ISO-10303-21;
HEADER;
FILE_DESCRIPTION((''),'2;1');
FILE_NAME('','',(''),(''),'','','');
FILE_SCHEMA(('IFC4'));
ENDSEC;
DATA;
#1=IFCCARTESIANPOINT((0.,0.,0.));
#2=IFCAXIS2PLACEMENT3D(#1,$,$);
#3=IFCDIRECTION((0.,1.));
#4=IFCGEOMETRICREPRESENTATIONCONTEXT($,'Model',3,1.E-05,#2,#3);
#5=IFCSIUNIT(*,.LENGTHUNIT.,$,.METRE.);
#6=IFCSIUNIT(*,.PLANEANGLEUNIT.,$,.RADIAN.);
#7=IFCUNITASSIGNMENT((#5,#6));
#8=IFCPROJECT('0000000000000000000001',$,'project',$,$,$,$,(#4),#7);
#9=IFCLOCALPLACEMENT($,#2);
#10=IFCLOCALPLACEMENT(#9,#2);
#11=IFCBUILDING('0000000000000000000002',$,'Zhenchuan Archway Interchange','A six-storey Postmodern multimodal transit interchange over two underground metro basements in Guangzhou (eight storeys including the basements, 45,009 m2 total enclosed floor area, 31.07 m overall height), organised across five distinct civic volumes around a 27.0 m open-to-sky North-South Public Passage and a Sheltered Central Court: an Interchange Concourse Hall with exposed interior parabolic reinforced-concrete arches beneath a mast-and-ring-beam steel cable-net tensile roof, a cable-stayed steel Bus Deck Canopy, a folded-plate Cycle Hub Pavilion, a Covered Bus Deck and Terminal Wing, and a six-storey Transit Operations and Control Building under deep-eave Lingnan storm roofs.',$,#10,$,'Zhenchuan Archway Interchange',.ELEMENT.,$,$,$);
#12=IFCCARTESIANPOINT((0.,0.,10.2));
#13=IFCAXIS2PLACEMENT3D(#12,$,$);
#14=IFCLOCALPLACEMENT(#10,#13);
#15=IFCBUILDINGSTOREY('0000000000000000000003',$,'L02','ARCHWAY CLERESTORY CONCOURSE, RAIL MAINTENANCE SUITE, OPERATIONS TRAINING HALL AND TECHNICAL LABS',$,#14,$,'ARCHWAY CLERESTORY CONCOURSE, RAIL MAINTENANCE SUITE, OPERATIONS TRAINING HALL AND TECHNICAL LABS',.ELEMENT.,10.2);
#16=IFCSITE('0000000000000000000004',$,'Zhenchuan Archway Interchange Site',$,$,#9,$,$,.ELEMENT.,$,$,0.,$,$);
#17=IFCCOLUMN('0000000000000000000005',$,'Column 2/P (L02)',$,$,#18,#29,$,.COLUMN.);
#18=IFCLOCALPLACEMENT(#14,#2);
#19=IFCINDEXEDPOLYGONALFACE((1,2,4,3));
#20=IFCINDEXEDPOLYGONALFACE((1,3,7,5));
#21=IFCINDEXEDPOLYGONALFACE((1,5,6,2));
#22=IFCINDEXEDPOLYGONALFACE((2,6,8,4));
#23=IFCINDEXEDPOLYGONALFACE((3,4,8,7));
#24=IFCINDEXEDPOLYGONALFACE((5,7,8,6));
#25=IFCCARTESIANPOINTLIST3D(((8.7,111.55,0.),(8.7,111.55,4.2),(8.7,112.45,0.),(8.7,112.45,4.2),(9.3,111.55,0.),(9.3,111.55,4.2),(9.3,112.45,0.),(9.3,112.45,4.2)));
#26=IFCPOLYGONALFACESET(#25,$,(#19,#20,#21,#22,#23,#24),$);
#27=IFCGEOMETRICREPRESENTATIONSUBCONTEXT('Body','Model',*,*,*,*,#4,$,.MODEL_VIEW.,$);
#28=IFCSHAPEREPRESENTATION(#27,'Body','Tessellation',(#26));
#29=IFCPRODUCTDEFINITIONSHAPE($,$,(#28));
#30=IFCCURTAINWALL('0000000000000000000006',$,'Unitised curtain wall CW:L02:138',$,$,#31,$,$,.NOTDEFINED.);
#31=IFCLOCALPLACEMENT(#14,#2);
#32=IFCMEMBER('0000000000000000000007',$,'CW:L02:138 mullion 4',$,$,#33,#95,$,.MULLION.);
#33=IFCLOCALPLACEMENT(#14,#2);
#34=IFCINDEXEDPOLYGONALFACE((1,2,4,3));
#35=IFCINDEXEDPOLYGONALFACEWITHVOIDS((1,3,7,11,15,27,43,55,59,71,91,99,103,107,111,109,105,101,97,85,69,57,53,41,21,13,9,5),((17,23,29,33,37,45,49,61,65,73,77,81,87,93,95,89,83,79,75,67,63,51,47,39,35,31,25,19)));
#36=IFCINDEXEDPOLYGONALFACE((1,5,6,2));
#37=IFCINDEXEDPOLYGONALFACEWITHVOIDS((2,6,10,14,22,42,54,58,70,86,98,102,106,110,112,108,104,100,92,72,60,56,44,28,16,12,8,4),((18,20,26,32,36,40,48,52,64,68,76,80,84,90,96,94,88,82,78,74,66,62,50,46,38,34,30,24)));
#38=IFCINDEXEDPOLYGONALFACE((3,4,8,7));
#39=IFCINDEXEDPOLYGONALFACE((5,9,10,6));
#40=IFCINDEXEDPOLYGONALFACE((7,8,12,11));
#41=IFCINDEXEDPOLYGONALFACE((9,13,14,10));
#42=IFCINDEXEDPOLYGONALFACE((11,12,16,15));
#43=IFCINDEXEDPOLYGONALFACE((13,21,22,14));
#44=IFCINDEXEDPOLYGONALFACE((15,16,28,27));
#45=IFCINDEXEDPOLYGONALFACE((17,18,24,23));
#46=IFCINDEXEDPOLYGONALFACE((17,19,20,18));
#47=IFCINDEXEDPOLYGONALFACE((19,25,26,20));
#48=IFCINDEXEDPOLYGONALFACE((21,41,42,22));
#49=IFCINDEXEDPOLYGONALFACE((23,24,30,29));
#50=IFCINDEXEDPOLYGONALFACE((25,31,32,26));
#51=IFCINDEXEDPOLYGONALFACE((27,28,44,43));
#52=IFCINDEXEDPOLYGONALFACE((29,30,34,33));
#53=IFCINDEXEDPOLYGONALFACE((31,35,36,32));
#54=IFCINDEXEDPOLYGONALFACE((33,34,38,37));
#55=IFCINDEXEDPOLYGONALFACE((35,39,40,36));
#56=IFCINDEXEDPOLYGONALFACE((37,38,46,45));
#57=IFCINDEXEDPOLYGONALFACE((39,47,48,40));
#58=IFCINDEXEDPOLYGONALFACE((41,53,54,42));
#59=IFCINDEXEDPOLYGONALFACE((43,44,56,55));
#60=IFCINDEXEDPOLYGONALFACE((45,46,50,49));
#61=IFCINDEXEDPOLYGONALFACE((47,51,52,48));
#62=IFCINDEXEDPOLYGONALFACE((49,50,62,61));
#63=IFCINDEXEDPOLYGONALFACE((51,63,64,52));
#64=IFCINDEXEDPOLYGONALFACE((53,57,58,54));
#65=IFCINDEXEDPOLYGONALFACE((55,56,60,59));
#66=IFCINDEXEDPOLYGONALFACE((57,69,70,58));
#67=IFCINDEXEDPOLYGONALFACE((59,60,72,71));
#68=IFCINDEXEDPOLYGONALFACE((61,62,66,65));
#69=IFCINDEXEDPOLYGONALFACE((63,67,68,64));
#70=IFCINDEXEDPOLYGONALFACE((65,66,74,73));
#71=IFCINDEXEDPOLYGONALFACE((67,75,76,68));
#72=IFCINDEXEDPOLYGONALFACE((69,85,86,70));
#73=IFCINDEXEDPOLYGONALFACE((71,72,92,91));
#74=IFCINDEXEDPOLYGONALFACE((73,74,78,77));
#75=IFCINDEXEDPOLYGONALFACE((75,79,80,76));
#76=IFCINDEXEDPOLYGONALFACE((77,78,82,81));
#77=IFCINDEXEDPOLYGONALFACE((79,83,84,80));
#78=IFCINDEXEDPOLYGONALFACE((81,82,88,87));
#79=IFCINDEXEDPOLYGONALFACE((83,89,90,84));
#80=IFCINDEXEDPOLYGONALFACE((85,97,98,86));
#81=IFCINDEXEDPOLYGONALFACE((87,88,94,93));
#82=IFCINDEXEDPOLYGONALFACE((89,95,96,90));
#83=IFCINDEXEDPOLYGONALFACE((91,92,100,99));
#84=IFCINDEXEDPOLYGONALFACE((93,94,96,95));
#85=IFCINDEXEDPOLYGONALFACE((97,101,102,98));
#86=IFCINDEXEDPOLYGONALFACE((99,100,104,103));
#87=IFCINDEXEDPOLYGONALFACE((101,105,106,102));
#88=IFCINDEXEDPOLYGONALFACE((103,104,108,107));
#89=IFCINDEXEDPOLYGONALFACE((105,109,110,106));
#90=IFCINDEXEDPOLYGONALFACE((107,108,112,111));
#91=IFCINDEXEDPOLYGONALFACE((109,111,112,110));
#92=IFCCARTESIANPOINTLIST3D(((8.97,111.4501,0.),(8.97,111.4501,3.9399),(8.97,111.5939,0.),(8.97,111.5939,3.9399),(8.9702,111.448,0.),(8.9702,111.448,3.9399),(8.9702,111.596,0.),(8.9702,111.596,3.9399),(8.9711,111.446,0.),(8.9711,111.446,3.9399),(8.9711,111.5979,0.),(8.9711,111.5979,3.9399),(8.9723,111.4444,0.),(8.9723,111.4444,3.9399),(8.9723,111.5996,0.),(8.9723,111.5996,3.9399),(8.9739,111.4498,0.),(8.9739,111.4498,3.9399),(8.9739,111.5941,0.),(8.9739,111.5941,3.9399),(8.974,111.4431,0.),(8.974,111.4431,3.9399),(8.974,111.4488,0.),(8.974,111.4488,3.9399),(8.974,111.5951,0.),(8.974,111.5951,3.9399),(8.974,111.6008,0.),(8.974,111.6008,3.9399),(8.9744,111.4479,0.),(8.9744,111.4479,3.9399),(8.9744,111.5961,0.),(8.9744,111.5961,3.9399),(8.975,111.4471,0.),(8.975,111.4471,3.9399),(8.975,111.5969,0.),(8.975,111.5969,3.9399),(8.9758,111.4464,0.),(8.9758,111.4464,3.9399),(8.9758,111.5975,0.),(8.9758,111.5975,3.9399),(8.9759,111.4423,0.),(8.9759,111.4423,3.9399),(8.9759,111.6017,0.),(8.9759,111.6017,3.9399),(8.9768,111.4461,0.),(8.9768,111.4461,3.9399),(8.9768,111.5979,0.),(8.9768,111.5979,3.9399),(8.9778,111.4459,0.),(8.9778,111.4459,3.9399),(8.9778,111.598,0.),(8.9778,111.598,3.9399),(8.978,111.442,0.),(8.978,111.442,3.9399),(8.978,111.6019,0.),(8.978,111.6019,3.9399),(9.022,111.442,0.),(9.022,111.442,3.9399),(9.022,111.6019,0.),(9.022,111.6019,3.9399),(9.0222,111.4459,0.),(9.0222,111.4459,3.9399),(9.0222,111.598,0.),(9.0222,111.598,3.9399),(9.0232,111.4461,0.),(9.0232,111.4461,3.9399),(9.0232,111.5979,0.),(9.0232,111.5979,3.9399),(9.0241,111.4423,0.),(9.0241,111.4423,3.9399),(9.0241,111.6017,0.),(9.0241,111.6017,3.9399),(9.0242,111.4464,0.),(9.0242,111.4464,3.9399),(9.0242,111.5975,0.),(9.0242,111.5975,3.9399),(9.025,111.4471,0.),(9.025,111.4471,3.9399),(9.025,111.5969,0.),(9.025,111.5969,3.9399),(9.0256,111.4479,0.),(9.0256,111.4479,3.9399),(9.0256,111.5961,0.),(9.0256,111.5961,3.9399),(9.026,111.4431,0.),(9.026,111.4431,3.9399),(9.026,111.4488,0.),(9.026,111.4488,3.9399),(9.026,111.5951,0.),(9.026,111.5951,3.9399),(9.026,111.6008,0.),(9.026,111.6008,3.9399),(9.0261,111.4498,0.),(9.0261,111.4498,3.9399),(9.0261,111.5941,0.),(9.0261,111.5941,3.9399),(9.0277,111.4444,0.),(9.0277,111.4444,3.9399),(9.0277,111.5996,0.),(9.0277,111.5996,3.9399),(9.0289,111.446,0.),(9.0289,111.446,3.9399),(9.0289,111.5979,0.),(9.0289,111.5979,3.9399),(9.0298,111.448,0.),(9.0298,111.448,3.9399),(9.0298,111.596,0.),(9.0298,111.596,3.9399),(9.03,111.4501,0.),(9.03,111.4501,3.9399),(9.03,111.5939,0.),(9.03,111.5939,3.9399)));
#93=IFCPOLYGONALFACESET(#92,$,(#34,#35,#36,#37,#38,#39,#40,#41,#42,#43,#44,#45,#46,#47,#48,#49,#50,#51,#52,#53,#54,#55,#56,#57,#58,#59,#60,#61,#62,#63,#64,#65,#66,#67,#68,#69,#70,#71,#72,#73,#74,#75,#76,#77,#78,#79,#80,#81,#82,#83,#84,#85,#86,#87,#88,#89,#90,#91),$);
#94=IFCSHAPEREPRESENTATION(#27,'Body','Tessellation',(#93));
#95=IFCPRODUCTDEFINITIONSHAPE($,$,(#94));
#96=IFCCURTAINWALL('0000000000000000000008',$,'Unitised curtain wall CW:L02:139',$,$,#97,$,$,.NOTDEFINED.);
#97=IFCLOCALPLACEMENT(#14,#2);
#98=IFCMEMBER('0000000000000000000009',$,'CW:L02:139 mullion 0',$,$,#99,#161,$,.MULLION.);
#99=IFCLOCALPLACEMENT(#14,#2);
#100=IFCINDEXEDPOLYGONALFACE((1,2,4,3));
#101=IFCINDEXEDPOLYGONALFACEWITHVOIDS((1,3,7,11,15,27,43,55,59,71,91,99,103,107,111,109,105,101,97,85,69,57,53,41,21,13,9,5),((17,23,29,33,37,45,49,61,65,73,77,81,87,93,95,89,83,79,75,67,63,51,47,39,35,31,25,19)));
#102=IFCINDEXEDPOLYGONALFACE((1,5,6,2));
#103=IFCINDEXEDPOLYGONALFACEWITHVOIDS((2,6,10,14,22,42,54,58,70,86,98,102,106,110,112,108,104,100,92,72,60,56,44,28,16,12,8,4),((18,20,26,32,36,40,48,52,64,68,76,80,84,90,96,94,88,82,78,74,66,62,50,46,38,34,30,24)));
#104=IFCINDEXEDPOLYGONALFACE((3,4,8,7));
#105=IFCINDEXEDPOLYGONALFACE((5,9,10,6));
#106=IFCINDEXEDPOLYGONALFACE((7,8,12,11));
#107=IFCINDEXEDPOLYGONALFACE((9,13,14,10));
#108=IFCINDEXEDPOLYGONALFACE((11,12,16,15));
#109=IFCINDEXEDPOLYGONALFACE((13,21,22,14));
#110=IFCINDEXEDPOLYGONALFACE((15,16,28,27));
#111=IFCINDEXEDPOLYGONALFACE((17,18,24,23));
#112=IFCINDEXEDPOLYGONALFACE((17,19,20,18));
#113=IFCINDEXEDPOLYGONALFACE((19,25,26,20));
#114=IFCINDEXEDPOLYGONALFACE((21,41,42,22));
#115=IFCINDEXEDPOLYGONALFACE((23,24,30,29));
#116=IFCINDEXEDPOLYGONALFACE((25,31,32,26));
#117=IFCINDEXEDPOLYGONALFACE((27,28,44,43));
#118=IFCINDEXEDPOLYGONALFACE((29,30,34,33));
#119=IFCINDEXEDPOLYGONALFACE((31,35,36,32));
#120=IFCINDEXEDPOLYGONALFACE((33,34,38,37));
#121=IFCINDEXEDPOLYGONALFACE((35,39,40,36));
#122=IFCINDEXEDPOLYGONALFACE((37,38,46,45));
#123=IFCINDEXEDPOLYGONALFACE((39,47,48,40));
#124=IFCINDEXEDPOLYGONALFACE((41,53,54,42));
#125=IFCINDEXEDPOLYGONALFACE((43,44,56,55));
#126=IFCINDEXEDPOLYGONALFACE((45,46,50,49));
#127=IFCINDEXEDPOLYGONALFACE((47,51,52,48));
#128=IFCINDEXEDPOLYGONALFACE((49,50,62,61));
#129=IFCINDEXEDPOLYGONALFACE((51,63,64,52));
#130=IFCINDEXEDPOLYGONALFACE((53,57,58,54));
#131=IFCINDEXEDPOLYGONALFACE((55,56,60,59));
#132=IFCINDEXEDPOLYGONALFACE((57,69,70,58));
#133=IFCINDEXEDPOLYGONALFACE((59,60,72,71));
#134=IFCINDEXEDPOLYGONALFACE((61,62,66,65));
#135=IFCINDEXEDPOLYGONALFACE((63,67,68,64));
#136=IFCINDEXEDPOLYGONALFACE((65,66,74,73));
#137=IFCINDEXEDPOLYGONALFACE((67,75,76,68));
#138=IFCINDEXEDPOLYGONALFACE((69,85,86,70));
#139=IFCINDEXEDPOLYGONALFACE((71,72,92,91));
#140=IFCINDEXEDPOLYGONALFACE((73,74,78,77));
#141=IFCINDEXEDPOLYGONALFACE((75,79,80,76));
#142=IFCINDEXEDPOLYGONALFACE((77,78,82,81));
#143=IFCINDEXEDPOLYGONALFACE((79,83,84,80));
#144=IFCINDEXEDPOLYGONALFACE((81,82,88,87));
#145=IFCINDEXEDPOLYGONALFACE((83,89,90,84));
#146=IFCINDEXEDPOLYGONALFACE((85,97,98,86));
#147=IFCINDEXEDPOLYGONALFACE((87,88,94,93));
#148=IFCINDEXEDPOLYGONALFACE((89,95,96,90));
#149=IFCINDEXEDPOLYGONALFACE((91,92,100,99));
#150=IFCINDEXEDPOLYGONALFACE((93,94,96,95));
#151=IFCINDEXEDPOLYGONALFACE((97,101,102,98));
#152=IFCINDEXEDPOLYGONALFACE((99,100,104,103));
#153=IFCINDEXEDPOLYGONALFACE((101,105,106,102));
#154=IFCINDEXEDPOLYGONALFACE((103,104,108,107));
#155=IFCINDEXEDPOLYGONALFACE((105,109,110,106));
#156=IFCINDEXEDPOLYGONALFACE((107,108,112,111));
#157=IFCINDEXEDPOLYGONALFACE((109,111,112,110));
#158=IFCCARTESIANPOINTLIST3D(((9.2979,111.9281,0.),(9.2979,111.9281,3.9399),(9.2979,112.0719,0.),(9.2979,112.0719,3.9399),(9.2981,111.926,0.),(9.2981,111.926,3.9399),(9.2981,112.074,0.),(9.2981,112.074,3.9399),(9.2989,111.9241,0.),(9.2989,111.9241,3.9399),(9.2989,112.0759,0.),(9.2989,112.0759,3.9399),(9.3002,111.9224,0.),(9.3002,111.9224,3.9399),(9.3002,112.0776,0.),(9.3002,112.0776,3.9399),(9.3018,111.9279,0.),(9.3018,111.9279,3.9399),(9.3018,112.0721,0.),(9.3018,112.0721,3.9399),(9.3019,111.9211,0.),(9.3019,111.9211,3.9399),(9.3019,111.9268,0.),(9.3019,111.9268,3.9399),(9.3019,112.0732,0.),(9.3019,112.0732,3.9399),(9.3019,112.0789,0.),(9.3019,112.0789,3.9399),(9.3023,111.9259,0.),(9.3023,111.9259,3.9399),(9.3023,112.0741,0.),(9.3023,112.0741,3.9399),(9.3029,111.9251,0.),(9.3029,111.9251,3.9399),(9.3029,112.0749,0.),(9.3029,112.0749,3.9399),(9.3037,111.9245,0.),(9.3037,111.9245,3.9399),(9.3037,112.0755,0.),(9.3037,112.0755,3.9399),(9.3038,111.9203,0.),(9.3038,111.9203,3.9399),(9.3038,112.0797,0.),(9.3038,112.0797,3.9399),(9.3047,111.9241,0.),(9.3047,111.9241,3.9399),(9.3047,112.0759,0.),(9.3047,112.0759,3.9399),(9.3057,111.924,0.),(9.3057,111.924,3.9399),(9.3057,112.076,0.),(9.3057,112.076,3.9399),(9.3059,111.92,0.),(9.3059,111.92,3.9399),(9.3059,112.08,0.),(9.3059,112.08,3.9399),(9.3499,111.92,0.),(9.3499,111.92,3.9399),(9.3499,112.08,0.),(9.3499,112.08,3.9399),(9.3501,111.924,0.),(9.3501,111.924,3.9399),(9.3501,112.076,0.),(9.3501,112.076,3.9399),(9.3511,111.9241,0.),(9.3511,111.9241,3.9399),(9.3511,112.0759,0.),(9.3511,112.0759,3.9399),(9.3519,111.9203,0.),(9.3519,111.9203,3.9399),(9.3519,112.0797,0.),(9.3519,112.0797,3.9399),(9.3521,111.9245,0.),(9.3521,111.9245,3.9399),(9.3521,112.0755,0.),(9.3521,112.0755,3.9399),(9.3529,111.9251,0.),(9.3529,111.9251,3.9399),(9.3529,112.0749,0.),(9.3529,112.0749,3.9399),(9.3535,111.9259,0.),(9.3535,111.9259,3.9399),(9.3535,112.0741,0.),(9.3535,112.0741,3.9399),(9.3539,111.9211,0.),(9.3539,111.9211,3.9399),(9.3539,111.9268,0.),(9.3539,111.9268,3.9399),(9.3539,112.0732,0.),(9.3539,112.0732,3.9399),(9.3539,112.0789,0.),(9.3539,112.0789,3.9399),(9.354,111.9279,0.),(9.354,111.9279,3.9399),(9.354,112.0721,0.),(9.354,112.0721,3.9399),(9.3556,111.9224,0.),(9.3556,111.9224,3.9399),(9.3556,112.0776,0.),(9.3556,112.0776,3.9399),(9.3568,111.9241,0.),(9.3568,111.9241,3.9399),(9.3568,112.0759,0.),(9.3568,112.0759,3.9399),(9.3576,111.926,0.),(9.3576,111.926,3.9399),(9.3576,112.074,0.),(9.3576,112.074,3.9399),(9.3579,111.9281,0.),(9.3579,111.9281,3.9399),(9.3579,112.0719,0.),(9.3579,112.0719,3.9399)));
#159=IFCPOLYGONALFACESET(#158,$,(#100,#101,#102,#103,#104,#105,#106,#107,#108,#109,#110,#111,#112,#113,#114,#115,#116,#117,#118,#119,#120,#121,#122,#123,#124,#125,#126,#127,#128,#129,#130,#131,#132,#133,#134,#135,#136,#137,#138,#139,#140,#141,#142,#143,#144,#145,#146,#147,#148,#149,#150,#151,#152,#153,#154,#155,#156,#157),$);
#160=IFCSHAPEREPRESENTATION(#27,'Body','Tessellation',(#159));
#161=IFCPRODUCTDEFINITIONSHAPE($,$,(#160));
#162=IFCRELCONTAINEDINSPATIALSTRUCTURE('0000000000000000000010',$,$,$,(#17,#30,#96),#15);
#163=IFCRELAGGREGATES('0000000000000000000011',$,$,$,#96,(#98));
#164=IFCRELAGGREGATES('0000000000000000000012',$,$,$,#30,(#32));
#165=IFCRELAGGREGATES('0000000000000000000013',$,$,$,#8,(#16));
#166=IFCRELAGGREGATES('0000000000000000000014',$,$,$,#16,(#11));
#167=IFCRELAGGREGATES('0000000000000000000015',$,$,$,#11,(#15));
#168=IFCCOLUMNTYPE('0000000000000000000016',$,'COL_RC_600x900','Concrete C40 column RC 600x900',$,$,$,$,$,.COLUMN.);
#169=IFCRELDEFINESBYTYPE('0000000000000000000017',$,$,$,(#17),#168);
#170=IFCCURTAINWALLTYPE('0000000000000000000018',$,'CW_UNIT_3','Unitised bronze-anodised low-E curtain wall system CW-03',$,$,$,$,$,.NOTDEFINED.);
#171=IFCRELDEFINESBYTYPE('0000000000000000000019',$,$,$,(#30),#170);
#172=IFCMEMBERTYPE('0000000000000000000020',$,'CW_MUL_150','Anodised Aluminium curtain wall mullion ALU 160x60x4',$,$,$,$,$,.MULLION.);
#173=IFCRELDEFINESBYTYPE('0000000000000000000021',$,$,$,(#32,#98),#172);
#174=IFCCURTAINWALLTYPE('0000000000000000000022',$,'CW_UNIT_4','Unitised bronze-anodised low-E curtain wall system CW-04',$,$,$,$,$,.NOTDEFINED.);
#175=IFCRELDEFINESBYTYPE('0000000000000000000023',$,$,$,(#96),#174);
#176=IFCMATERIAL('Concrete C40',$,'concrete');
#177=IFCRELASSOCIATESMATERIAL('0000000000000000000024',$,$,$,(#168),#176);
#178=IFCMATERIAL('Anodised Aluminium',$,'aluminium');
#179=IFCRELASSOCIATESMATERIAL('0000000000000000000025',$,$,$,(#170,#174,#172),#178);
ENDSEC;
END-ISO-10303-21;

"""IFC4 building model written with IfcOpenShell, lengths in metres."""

from ifc_helpers import new_model, si_unit, direction, frame, origin, origin_2d, place, context, subcontext, project, spatial, rectangle, hollow_rectangle, extrude, material, material_profile, profile_set, type_object, element, aggregate, save


model = new_model("IFC4")

# Units and contexts
model_context = context("Model", 3, precision=1e-05, world=origin(), true_north=direction((0.0, 1.0)))
body_context = subcontext(model_context, "Body", "Model", "MODEL_VIEW")
ifc_project = project(units=[si_unit("LENGTHUNIT", "METRE"), si_unit("PLANEANGLEUNIT", "RADIAN")], contexts=[model_context])

# Site, building, storey
site_placement = place(None, origin())
site = spatial("IfcSite", under=ifc_project, at=site_placement, Name="Zhenchuan Archway Interchange Site", CompositionType="ELEMENT", RefElevation=0.0)
building_placement = place(site_placement, origin())
building = spatial("IfcBuilding", under=site, at=building_placement, Name="Zhenchuan Archway Interchange", Description="A six-storey Postmodern multimodal transit interchange over two underground metro basements in Guangzhou (eight storeys including the basements, 45,009 m2 total enclosed floor area, 31.07 m overall height), organised across five distinct civic volumes around a 27.0 m open-to-sky North-South Public Passage and a Sheltered Central Court: an Interchange Concourse Hall with exposed interior parabolic reinforced-concrete arches beneath a mast-and-ring-beam steel cable-net tensile roof, a cable-stayed steel Bus Deck Canopy, a folded-plate Cycle Hub Pavilion, a Covered Bus Deck and Terminal Wing, and a six-storey Transit Operations and Control Building under deep-eave Lingnan storm roofs.", LongName="Zhenchuan Archway Interchange", CompositionType="ELEMENT")
storey_placement = place(building_placement, frame((0.0, 0.0, 10.2)))
storey = spatial("IfcBuildingStorey", under=building, at=storey_placement, Name="L02", Description="ARCHWAY CLERESTORY CONCOURSE, RAIL MAINTENANCE SUITE, OPERATIONS TRAINING HALL AND TECHNICAL LABS", LongName="ARCHWAY CLERESTORY CONCOURSE, RAIL MAINTENANCE SUITE, OPERATIONS TRAINING HALL AND TECHNICAL LABS", CompositionType="ELEMENT", Elevation=10.2)

# Column
ifc_material_1 = material(Name="Concrete C40", Category="concrete")
ifc_material_profile_1 = material_profile(ifc_material_1, rectangle(XDim=0.6001, YDim=0.8999, at=origin_2d()), Name="RC 600x900")
ifc_profile_set_1 = profile_set([ifc_material_profile_1], Name="Concrete C40")
column_type = type_object("IfcColumnType", Name="COL_RC_600x900", Description="Concrete C40 column RC 600x900", PredefinedType="COLUMN", material=ifc_profile_set_1)
column_placement = place(storey_placement, frame((9.0, 112.0, 0.0), z_axis=(0.0, 0.0, 1.0), x_axis=(1.0, 0.0, 0.0)))
element("IfcColumn", 1, at=column_placement, inside=storey, type_object=column_type, Name="Column 2/P (L02)", PredefinedType="COLUMN", context=body_context, shape_type="SweptSolid", body=[
    extrude(rectangle(XDim=0.6001, YDim=0.8999, at=origin_2d()), origin(), (0.0, 0.0, 1.0), 4.2),
])

# Curtain wall, member
ifc_material_2 = material(Name="Anodised Aluminium", Category="aluminium")
curtain_wall_type_1 = type_object("IfcCurtainWallType", Name="CW_UNIT_3", Description="Unitised bronze-anodised low-E curtain wall system CW-03", PredefinedType="NOTDEFINED", material=ifc_material_2)
curtain_wall_1_placement = place(storey_placement, origin())
curtain_wall_1 = element("IfcCurtainWall", 2, at=curtain_wall_1_placement, inside=storey, type_object=curtain_wall_type_1, Name="Unitised curtain wall CW:L02:138", PredefinedType="NOTDEFINED")
ifc_material_profile_2 = material_profile(ifc_material_2, hollow_rectangle(XDim=0.0601, YDim=0.1599, WallThickness=0.0039, InnerFilletRadius=0.0039, OuterFilletRadius=0.0081, at=origin_2d()), Name="ALU 160x60x4")
ifc_profile_set_2 = profile_set([ifc_material_profile_2], Name="Anodised Aluminium")
member_type_1 = type_object("IfcMemberType", Name="CW_MUL_150", Description="Anodised Aluminium curtain wall mullion ALU 160x60x4", PredefinedType="MULLION", material=ifc_profile_set_2)
member_1_placement = place(storey_placement, frame((9.0, 111.522, 0.0), z_axis=(0.0, 0.0, 1.0), x_axis=(1.0, 0.0, 0.0)))
member_1 = element("IfcMember", 3, at=member_1_placement, type_object=member_type_1, Name="CW:L02:138 mullion 4", PredefinedType="MULLION", context=body_context, shape_type="SweptSolid", body=[
    extrude(hollow_rectangle(XDim=0.0601, YDim=0.1599, WallThickness=0.0039, InnerFilletRadius=0.0039, OuterFilletRadius=0.0081, at=origin_2d()), origin(), (0.0, 0.0, 1.0), 3.9399),
])

# Curtain wall, member
curtain_wall_type_2 = type_object("IfcCurtainWallType", Name="CW_UNIT_4", Description="Unitised bronze-anodised low-E curtain wall system CW-04", PredefinedType="NOTDEFINED", material=ifc_material_2)
curtain_wall_2_placement = place(storey_placement, origin())
curtain_wall_2 = element("IfcCurtainWall", 4, at=curtain_wall_2_placement, inside=storey, type_object=curtain_wall_type_2, Name="Unitised curtain wall CW:L02:139", PredefinedType="NOTDEFINED")
member_2_placement = place(storey_placement, frame((9.3279, 112.0, 0.0), z_axis=(0.0, 0.0, 1.0), x_axis=(1.0, 0.0, 0.0)))
member_2 = element("IfcMember", 5, at=member_2_placement, type_object=member_type_1, Name="CW:L02:139 mullion 0", PredefinedType="MULLION", context=body_context, shape_type="SweptSolid", body=[
    extrude(hollow_rectangle(XDim=0.0601, YDim=0.1599, WallThickness=0.0039, InnerFilletRadius=0.0039, OuterFilletRadius=0.0081, at=origin_2d()), origin(), (0.0, 0.0, 1.0), 3.9399),
])

aggregate(curtain_wall_2, [member_2])
aggregate(curtain_wall_1, [member_1])

save(model, "model.ifc")
